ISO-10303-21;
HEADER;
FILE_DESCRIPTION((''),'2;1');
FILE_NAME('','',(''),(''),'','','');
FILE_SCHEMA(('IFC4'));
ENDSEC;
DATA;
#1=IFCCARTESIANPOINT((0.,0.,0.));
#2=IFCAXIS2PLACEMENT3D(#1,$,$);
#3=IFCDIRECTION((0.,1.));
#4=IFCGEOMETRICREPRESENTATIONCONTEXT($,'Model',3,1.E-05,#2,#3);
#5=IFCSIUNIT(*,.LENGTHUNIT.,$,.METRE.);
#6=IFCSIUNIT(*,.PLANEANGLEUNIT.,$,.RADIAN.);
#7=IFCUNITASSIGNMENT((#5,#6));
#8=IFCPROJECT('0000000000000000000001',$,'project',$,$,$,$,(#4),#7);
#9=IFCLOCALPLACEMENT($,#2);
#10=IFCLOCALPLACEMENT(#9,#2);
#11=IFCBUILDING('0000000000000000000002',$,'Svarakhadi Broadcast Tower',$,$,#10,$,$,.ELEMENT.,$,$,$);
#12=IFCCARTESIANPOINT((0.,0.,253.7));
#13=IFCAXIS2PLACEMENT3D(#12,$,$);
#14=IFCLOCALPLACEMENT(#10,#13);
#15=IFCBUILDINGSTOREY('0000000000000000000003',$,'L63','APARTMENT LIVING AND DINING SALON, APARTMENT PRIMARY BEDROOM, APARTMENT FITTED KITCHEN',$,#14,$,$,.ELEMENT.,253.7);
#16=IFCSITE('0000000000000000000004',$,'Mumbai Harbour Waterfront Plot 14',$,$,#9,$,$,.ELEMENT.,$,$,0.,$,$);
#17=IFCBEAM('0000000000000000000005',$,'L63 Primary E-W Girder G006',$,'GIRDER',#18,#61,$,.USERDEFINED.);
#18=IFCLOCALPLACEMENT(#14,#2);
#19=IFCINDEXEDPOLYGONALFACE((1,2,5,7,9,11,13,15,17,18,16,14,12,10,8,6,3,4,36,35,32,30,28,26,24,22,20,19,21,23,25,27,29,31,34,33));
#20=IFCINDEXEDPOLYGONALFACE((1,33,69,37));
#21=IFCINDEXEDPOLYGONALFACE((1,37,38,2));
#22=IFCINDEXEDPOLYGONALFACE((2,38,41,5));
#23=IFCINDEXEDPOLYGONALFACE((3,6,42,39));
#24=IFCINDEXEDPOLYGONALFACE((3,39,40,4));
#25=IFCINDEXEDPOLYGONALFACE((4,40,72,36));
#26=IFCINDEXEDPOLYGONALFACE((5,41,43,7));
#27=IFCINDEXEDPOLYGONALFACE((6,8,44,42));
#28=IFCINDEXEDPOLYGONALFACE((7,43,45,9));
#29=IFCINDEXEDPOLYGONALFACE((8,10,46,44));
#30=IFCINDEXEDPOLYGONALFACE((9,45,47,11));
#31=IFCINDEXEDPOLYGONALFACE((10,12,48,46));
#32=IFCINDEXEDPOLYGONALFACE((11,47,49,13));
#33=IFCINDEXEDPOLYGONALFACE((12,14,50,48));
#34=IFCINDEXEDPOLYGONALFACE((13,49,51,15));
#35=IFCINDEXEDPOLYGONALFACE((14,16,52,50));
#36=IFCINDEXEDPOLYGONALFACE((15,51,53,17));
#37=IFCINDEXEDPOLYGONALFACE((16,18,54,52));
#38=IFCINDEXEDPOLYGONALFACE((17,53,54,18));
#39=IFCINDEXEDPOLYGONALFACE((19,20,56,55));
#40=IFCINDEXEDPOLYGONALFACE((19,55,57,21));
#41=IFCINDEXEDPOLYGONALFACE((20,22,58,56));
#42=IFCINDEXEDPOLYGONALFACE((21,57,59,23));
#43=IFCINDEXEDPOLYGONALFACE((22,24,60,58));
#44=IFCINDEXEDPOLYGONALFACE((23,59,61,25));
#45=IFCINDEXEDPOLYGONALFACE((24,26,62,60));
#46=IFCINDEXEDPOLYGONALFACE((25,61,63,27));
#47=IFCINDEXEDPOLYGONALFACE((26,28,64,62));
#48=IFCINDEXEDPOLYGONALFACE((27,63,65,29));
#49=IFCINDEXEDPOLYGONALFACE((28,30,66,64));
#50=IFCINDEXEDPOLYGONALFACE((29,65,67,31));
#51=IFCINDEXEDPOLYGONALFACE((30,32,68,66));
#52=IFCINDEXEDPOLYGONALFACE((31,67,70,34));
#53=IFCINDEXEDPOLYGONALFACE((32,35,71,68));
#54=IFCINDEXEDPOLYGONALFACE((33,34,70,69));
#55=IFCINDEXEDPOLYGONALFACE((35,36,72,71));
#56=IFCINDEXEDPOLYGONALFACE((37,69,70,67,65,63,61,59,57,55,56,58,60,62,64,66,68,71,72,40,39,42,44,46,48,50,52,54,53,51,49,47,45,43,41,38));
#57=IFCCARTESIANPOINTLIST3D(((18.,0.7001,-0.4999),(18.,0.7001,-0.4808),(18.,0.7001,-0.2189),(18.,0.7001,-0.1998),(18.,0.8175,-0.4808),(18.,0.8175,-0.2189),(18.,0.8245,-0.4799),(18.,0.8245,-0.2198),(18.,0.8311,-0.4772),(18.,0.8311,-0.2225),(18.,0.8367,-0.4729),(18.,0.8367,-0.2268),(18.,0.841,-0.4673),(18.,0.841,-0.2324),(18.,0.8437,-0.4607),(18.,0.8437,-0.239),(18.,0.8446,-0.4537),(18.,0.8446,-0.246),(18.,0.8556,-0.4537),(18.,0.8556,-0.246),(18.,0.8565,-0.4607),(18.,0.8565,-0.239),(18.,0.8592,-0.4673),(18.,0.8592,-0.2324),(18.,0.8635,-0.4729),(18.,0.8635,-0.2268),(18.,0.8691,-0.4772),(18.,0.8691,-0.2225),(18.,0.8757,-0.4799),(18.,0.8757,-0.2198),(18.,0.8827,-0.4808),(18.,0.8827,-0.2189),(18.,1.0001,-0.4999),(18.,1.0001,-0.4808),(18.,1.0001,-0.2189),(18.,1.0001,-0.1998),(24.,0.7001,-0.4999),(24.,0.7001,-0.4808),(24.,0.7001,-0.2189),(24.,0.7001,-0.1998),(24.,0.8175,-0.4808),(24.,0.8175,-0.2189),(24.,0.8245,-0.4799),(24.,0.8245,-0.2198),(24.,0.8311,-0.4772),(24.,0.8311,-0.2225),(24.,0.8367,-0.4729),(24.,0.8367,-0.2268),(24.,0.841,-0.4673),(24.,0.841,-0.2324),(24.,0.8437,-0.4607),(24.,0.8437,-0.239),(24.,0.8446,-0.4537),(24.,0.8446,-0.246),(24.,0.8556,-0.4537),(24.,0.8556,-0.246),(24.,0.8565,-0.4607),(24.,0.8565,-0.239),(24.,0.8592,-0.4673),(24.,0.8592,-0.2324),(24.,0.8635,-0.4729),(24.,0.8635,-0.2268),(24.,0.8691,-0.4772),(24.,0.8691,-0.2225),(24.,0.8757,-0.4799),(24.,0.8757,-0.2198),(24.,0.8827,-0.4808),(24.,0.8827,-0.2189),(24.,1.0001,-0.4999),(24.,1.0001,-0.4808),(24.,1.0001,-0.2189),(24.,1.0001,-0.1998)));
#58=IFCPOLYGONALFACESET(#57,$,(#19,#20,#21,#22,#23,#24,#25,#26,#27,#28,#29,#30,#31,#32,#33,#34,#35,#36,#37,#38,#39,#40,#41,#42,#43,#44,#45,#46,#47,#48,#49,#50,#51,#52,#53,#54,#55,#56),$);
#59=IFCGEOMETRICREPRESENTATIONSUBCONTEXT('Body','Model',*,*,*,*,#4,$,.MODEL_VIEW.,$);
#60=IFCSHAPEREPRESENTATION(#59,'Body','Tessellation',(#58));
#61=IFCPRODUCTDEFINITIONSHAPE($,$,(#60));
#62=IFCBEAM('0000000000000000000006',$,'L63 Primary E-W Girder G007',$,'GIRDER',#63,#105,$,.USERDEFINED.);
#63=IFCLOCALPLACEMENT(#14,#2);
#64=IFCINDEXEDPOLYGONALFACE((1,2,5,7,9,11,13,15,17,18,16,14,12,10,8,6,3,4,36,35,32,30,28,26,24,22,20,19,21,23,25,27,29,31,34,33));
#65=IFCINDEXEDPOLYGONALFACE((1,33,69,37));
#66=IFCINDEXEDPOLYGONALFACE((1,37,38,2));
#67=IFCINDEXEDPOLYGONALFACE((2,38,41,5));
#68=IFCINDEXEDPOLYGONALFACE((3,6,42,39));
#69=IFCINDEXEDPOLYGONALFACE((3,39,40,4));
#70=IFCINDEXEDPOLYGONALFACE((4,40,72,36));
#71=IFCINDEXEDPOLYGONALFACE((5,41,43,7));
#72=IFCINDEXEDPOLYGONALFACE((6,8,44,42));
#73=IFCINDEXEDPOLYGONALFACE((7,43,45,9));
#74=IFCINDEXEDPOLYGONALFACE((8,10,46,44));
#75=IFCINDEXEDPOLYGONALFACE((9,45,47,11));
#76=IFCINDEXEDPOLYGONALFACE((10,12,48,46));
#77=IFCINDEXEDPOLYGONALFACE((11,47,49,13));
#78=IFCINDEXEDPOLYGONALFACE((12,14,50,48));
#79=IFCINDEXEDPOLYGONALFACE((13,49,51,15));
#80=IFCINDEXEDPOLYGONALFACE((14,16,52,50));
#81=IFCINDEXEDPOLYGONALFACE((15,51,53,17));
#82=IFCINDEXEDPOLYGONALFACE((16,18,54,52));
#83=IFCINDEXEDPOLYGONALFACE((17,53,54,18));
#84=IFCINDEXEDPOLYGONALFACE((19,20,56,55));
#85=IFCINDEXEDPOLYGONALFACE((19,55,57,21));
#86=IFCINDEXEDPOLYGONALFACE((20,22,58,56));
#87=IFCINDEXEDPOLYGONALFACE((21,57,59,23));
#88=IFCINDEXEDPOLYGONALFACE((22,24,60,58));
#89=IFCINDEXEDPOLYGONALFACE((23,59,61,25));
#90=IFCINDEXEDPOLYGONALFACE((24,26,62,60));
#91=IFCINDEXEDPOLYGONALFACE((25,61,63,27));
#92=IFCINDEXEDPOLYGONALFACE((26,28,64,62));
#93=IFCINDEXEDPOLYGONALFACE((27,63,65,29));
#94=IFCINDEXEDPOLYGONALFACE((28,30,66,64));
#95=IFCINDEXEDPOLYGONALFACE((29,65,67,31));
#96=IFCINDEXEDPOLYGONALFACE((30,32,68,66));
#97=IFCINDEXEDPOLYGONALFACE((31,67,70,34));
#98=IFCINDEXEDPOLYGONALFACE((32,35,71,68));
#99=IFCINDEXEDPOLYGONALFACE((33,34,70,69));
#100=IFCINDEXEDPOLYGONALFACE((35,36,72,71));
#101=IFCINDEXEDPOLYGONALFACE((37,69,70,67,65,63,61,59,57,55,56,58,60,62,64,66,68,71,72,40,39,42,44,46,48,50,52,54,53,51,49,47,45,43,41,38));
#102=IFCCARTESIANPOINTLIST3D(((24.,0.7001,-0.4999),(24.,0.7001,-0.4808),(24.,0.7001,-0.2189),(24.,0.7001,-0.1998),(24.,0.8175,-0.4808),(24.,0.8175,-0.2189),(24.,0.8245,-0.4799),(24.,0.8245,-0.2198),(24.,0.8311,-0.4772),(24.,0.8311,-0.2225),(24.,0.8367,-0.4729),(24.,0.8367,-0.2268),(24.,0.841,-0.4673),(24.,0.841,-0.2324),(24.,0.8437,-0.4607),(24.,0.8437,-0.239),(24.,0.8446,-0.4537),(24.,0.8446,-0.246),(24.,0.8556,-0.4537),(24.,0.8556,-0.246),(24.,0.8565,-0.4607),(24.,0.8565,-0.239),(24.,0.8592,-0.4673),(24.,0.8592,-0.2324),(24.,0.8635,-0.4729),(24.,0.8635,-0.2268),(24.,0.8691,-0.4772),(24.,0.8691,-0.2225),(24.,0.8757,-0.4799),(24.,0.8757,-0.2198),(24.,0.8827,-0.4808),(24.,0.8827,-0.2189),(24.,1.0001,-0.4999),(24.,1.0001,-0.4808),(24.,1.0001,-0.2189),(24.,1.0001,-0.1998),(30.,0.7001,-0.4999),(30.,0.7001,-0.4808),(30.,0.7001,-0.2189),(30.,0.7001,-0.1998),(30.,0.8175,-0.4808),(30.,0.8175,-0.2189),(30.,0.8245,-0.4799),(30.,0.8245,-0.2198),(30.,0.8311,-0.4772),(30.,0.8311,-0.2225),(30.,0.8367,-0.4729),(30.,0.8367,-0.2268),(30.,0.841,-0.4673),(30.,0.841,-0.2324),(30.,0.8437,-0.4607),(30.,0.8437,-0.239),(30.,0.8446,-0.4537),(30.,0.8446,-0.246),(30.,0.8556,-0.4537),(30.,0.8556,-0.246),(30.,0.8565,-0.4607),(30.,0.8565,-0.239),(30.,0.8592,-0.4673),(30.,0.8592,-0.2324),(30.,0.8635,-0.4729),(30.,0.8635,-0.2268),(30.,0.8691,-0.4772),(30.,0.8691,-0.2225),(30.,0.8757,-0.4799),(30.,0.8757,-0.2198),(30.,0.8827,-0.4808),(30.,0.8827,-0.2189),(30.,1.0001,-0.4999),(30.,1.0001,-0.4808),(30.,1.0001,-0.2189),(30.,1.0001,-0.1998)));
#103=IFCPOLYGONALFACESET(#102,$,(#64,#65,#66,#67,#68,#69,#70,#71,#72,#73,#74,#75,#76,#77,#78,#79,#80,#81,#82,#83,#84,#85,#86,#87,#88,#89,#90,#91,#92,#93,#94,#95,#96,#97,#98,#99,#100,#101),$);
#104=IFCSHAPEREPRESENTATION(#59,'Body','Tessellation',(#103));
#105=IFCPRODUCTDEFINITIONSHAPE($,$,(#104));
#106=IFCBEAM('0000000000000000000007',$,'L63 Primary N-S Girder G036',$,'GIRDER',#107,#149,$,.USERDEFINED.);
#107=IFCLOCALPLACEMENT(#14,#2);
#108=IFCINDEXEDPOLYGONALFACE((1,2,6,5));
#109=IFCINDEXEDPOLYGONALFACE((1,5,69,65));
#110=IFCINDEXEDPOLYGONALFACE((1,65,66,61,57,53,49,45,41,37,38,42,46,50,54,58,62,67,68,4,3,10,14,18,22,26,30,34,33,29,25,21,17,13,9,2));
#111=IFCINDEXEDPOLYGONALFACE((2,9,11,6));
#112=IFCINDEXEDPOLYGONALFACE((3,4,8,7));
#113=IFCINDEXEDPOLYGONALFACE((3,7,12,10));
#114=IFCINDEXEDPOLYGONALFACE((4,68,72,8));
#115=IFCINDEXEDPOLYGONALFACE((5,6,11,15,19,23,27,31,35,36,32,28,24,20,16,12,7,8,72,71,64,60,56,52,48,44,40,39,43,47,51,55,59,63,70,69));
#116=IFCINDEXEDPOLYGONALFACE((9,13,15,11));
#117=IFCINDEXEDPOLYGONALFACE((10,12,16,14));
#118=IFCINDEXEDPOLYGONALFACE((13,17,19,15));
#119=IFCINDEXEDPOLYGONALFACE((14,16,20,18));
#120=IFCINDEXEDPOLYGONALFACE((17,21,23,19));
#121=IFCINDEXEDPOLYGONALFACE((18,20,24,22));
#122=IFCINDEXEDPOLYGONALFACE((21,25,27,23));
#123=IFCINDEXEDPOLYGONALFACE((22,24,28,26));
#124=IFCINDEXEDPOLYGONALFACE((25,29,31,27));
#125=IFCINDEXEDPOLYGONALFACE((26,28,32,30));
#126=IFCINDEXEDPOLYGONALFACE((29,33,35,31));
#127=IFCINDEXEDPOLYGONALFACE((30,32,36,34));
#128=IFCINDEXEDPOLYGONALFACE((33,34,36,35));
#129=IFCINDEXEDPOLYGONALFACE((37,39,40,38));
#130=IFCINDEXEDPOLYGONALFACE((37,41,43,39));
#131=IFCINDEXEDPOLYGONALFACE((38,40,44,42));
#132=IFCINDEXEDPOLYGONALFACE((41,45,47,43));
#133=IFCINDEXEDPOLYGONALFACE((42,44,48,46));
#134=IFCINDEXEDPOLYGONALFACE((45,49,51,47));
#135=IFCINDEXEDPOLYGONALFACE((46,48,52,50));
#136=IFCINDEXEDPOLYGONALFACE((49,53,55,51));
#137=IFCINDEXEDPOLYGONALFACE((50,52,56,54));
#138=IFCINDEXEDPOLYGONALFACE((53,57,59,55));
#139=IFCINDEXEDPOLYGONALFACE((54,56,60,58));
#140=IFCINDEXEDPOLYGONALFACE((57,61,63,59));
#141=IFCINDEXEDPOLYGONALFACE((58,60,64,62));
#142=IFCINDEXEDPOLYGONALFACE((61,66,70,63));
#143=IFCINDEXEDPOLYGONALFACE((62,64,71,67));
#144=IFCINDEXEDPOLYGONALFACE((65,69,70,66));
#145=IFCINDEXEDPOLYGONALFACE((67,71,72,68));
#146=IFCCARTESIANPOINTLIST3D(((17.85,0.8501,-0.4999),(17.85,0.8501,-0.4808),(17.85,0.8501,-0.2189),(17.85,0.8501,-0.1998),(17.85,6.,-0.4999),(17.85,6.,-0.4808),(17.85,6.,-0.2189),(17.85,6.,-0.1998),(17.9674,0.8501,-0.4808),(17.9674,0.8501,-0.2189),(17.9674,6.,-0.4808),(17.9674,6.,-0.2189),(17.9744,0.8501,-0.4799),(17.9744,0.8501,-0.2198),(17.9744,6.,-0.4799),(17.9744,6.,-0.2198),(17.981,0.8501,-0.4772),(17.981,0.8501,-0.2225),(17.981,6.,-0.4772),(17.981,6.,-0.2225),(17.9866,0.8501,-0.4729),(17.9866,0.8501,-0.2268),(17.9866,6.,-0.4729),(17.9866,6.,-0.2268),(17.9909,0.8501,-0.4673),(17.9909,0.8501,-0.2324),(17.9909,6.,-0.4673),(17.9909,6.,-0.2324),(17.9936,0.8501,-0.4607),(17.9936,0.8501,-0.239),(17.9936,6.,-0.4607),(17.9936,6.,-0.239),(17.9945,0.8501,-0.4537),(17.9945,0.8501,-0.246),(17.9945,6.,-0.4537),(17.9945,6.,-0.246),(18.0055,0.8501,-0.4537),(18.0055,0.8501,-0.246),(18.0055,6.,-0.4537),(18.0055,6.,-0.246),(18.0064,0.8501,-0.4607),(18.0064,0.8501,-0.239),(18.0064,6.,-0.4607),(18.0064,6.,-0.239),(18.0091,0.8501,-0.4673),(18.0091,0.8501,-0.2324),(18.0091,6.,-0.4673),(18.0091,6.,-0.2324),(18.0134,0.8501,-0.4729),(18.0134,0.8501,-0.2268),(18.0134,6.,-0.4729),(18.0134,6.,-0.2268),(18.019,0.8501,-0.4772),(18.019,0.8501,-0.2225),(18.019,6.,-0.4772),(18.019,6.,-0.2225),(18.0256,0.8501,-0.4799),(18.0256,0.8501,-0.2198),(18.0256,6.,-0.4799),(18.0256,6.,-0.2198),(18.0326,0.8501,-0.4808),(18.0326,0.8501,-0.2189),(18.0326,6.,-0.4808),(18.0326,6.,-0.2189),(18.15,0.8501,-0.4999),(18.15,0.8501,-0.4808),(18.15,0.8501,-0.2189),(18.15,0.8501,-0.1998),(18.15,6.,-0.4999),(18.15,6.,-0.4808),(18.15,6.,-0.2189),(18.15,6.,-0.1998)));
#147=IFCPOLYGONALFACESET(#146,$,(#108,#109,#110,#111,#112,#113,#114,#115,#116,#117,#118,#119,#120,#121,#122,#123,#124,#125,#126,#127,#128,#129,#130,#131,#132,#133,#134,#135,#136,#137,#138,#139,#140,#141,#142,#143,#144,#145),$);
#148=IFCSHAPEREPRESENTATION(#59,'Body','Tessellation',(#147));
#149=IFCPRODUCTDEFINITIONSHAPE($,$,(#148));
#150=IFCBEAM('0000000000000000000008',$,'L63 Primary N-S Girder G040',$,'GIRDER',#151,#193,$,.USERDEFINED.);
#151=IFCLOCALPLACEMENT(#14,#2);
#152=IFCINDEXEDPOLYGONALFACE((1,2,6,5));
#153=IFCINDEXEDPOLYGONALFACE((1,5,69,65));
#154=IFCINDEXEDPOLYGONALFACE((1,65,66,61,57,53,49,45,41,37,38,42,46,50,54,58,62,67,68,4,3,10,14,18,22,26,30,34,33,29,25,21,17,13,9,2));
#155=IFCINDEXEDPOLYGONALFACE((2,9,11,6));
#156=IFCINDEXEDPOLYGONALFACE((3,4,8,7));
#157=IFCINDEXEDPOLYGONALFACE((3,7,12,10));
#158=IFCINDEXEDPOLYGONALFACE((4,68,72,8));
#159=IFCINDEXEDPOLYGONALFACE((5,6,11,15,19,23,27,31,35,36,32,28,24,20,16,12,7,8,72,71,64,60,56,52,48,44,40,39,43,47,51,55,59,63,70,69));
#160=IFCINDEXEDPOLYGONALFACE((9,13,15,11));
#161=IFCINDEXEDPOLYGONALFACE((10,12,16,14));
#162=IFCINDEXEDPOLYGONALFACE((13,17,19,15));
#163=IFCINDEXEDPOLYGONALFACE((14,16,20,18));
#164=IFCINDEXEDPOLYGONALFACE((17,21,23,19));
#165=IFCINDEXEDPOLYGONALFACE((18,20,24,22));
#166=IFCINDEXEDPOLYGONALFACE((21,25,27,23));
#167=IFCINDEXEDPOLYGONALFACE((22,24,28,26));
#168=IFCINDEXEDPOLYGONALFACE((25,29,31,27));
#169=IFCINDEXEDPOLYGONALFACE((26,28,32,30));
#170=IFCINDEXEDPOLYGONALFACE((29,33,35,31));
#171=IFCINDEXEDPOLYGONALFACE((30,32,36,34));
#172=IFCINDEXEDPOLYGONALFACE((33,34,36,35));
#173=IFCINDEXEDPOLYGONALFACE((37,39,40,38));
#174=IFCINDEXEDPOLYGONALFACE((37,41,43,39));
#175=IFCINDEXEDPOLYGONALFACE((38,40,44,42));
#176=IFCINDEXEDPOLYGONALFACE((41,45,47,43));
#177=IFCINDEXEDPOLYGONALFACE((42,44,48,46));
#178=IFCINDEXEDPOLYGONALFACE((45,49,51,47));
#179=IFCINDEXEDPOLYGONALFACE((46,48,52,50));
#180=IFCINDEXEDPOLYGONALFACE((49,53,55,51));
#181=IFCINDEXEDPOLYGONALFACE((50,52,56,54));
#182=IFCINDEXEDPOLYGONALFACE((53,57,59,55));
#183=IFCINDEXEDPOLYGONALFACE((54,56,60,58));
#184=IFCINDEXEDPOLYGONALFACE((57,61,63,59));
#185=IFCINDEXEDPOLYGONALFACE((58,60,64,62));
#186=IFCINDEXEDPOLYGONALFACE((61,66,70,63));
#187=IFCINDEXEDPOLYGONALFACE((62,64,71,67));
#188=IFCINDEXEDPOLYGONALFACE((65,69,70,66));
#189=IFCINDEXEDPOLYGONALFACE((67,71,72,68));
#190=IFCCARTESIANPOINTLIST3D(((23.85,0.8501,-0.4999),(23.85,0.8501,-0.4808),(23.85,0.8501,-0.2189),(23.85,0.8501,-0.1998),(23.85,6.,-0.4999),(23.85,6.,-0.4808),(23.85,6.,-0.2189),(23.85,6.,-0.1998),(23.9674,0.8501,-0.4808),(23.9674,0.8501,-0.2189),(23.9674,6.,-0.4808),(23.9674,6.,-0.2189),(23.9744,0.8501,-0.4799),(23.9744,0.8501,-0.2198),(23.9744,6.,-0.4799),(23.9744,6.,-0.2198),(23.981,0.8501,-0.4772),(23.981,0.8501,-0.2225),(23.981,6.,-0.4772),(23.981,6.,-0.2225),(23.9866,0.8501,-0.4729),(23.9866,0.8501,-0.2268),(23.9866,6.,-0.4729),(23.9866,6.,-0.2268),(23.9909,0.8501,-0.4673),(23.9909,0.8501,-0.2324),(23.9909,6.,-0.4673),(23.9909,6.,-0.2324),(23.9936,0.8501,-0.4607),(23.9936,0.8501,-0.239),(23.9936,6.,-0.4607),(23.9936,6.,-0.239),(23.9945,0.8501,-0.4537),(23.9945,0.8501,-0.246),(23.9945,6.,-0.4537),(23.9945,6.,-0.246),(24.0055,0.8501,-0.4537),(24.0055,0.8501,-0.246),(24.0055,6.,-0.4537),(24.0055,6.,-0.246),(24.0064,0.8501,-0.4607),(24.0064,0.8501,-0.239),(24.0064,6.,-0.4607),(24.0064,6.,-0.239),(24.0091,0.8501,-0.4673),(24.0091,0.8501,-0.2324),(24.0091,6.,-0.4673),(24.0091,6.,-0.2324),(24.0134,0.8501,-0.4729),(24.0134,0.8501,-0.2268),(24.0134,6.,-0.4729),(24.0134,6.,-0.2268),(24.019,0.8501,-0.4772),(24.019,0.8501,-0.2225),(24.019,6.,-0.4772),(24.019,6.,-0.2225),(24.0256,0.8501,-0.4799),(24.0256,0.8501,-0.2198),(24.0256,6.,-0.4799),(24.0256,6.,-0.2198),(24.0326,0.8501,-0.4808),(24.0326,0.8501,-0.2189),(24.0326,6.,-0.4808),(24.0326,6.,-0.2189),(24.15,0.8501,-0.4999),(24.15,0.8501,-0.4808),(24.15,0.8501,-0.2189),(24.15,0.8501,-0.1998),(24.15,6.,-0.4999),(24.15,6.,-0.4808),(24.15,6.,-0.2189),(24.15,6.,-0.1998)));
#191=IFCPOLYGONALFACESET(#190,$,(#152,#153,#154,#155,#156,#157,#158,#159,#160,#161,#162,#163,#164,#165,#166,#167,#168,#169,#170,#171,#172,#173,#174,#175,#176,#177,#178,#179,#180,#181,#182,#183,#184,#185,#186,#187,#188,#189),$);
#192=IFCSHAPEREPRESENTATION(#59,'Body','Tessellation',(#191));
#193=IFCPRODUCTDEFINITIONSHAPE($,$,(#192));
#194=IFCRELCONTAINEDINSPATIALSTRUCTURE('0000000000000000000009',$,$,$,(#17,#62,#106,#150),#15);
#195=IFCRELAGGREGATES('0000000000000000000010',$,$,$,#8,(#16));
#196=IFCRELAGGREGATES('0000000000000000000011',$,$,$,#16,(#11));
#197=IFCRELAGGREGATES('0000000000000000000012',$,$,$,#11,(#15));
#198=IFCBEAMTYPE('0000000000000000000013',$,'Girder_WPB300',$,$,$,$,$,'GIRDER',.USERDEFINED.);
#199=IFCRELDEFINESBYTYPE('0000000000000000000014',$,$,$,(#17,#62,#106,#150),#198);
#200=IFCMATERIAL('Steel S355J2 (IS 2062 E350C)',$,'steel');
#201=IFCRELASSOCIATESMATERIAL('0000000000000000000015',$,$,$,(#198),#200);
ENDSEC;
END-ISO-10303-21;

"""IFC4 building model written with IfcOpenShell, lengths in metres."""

from ifc_helpers import new_model, si_unit, direction, frame, origin, origin_2d, place, context, subcontext, project, spatial, i_section, extrude, material, material_profile, profile_set, type_object, element, save


model = new_model("IFC4")

# Units and contexts
model_context = context("Model", 3, precision=1e-05, world=origin(), true_north=direction((0.0, 1.0)))
body_context = subcontext(model_context, "Body", "Model", "MODEL_VIEW")
ifc_project = project(units=[si_unit("LENGTHUNIT", "METRE"), si_unit("PLANEANGLEUNIT", "RADIAN")], contexts=[model_context])

# Site, building, storey
site_placement = place(None, origin())
site = spatial("IfcSite", under=ifc_project, at=site_placement, Name="Mumbai Harbour Waterfront Plot 14", CompositionType="ELEMENT", RefElevation=0.0)
building_placement = place(site_placement, origin())
building = spatial("IfcBuilding", under=site, at=building_placement, Name="Svarakhadi Broadcast Tower", CompositionType="ELEMENT")
storey_placement = place(building_placement, frame((0.0, 0.0, 253.7)))
storey = spatial("IfcBuildingStorey", under=building, at=storey_placement, Name="L63", Description="APARTMENT LIVING AND DINING SALON, APARTMENT PRIMARY BEDROOM, APARTMENT FITTED KITCHEN", CompositionType="ELEMENT", Elevation=253.7)

# Beams
ifc_material_1 = material(Name="Steel S355J2 (IS 2062 E350C)", Category="steel")
ifc_material_profile_1 = material_profile(ifc_material_1, i_section(OverallWidth=0.3, OverallDepth=0.3, WebThickness=0.011, FlangeThickness=0.019, FilletRadius=0.0271, at=origin_2d()), Name="WPB 300x300x117")
ifc_profile_set_1 = profile_set([ifc_material_profile_1], Name="Steel S355J2 (IS 2062 E350C)")
beam_type_1 = type_object("IfcBeamType", Name="Girder_WPB300", ElementType="GIRDER", PredefinedType="USERDEFINED", material=ifc_profile_set_1)
for number, where, z_axis, x_axis, name in (
    (1, (18.0, 0.8501, -0.3499), (1.0, 0.0, 0.0), (0.0, 1.0, 0.0), "L63 Primary E-W Girder G006"),
    (2, (24.0, 0.8501, -0.3499), (1.0, 0.0, 0.0), (0.0, 1.0, 0.0), "L63 Primary E-W Girder G007"),
):
    element("IfcBeam", number, at=place(storey_placement, frame(where, z_axis=z_axis, x_axis=x_axis)), inside=storey, type_object=beam_type_1, Name=name, ObjectType="GIRDER", PredefinedType="USERDEFINED", context=body_context, shape_type="SweptSolid", body=[
        extrude(i_section(OverallWidth=0.3, OverallDepth=0.3, WebThickness=0.011, FlangeThickness=0.019, FilletRadius=0.0271, at=origin_2d()), origin(), (0.0, 0.0, 1.0), 6.0),
    ])
for number, where, z_axis, x_axis, name in (
    (3, (18.0, 0.8501, -0.3499), (0.0, 1.0, 0.0), (-1.0, 0.0, 0.0), "L63 Primary N-S Girder G036"),
    (4, (24.0, 0.8501, -0.3499), (0.0, 1.0, 0.0), (-1.0, 0.0, 0.0), "L63 Primary N-S Girder G040"),
):
    element("IfcBeam", number, at=place(storey_placement, frame(where, z_axis=z_axis, x_axis=x_axis)), inside=storey, type_object=beam_type_1, Name=name, ObjectType="GIRDER", PredefinedType="USERDEFINED", context=body_context, shape_type="SweptSolid", body=[
        extrude(i_section(OverallWidth=0.3, OverallDepth=0.3, WebThickness=0.011, FlangeThickness=0.019, FilletRadius=0.0271, at=origin_2d()), origin(), (0.0, 0.0, 1.0), 5.1499),
    ])

save(model, "model.ifc")
